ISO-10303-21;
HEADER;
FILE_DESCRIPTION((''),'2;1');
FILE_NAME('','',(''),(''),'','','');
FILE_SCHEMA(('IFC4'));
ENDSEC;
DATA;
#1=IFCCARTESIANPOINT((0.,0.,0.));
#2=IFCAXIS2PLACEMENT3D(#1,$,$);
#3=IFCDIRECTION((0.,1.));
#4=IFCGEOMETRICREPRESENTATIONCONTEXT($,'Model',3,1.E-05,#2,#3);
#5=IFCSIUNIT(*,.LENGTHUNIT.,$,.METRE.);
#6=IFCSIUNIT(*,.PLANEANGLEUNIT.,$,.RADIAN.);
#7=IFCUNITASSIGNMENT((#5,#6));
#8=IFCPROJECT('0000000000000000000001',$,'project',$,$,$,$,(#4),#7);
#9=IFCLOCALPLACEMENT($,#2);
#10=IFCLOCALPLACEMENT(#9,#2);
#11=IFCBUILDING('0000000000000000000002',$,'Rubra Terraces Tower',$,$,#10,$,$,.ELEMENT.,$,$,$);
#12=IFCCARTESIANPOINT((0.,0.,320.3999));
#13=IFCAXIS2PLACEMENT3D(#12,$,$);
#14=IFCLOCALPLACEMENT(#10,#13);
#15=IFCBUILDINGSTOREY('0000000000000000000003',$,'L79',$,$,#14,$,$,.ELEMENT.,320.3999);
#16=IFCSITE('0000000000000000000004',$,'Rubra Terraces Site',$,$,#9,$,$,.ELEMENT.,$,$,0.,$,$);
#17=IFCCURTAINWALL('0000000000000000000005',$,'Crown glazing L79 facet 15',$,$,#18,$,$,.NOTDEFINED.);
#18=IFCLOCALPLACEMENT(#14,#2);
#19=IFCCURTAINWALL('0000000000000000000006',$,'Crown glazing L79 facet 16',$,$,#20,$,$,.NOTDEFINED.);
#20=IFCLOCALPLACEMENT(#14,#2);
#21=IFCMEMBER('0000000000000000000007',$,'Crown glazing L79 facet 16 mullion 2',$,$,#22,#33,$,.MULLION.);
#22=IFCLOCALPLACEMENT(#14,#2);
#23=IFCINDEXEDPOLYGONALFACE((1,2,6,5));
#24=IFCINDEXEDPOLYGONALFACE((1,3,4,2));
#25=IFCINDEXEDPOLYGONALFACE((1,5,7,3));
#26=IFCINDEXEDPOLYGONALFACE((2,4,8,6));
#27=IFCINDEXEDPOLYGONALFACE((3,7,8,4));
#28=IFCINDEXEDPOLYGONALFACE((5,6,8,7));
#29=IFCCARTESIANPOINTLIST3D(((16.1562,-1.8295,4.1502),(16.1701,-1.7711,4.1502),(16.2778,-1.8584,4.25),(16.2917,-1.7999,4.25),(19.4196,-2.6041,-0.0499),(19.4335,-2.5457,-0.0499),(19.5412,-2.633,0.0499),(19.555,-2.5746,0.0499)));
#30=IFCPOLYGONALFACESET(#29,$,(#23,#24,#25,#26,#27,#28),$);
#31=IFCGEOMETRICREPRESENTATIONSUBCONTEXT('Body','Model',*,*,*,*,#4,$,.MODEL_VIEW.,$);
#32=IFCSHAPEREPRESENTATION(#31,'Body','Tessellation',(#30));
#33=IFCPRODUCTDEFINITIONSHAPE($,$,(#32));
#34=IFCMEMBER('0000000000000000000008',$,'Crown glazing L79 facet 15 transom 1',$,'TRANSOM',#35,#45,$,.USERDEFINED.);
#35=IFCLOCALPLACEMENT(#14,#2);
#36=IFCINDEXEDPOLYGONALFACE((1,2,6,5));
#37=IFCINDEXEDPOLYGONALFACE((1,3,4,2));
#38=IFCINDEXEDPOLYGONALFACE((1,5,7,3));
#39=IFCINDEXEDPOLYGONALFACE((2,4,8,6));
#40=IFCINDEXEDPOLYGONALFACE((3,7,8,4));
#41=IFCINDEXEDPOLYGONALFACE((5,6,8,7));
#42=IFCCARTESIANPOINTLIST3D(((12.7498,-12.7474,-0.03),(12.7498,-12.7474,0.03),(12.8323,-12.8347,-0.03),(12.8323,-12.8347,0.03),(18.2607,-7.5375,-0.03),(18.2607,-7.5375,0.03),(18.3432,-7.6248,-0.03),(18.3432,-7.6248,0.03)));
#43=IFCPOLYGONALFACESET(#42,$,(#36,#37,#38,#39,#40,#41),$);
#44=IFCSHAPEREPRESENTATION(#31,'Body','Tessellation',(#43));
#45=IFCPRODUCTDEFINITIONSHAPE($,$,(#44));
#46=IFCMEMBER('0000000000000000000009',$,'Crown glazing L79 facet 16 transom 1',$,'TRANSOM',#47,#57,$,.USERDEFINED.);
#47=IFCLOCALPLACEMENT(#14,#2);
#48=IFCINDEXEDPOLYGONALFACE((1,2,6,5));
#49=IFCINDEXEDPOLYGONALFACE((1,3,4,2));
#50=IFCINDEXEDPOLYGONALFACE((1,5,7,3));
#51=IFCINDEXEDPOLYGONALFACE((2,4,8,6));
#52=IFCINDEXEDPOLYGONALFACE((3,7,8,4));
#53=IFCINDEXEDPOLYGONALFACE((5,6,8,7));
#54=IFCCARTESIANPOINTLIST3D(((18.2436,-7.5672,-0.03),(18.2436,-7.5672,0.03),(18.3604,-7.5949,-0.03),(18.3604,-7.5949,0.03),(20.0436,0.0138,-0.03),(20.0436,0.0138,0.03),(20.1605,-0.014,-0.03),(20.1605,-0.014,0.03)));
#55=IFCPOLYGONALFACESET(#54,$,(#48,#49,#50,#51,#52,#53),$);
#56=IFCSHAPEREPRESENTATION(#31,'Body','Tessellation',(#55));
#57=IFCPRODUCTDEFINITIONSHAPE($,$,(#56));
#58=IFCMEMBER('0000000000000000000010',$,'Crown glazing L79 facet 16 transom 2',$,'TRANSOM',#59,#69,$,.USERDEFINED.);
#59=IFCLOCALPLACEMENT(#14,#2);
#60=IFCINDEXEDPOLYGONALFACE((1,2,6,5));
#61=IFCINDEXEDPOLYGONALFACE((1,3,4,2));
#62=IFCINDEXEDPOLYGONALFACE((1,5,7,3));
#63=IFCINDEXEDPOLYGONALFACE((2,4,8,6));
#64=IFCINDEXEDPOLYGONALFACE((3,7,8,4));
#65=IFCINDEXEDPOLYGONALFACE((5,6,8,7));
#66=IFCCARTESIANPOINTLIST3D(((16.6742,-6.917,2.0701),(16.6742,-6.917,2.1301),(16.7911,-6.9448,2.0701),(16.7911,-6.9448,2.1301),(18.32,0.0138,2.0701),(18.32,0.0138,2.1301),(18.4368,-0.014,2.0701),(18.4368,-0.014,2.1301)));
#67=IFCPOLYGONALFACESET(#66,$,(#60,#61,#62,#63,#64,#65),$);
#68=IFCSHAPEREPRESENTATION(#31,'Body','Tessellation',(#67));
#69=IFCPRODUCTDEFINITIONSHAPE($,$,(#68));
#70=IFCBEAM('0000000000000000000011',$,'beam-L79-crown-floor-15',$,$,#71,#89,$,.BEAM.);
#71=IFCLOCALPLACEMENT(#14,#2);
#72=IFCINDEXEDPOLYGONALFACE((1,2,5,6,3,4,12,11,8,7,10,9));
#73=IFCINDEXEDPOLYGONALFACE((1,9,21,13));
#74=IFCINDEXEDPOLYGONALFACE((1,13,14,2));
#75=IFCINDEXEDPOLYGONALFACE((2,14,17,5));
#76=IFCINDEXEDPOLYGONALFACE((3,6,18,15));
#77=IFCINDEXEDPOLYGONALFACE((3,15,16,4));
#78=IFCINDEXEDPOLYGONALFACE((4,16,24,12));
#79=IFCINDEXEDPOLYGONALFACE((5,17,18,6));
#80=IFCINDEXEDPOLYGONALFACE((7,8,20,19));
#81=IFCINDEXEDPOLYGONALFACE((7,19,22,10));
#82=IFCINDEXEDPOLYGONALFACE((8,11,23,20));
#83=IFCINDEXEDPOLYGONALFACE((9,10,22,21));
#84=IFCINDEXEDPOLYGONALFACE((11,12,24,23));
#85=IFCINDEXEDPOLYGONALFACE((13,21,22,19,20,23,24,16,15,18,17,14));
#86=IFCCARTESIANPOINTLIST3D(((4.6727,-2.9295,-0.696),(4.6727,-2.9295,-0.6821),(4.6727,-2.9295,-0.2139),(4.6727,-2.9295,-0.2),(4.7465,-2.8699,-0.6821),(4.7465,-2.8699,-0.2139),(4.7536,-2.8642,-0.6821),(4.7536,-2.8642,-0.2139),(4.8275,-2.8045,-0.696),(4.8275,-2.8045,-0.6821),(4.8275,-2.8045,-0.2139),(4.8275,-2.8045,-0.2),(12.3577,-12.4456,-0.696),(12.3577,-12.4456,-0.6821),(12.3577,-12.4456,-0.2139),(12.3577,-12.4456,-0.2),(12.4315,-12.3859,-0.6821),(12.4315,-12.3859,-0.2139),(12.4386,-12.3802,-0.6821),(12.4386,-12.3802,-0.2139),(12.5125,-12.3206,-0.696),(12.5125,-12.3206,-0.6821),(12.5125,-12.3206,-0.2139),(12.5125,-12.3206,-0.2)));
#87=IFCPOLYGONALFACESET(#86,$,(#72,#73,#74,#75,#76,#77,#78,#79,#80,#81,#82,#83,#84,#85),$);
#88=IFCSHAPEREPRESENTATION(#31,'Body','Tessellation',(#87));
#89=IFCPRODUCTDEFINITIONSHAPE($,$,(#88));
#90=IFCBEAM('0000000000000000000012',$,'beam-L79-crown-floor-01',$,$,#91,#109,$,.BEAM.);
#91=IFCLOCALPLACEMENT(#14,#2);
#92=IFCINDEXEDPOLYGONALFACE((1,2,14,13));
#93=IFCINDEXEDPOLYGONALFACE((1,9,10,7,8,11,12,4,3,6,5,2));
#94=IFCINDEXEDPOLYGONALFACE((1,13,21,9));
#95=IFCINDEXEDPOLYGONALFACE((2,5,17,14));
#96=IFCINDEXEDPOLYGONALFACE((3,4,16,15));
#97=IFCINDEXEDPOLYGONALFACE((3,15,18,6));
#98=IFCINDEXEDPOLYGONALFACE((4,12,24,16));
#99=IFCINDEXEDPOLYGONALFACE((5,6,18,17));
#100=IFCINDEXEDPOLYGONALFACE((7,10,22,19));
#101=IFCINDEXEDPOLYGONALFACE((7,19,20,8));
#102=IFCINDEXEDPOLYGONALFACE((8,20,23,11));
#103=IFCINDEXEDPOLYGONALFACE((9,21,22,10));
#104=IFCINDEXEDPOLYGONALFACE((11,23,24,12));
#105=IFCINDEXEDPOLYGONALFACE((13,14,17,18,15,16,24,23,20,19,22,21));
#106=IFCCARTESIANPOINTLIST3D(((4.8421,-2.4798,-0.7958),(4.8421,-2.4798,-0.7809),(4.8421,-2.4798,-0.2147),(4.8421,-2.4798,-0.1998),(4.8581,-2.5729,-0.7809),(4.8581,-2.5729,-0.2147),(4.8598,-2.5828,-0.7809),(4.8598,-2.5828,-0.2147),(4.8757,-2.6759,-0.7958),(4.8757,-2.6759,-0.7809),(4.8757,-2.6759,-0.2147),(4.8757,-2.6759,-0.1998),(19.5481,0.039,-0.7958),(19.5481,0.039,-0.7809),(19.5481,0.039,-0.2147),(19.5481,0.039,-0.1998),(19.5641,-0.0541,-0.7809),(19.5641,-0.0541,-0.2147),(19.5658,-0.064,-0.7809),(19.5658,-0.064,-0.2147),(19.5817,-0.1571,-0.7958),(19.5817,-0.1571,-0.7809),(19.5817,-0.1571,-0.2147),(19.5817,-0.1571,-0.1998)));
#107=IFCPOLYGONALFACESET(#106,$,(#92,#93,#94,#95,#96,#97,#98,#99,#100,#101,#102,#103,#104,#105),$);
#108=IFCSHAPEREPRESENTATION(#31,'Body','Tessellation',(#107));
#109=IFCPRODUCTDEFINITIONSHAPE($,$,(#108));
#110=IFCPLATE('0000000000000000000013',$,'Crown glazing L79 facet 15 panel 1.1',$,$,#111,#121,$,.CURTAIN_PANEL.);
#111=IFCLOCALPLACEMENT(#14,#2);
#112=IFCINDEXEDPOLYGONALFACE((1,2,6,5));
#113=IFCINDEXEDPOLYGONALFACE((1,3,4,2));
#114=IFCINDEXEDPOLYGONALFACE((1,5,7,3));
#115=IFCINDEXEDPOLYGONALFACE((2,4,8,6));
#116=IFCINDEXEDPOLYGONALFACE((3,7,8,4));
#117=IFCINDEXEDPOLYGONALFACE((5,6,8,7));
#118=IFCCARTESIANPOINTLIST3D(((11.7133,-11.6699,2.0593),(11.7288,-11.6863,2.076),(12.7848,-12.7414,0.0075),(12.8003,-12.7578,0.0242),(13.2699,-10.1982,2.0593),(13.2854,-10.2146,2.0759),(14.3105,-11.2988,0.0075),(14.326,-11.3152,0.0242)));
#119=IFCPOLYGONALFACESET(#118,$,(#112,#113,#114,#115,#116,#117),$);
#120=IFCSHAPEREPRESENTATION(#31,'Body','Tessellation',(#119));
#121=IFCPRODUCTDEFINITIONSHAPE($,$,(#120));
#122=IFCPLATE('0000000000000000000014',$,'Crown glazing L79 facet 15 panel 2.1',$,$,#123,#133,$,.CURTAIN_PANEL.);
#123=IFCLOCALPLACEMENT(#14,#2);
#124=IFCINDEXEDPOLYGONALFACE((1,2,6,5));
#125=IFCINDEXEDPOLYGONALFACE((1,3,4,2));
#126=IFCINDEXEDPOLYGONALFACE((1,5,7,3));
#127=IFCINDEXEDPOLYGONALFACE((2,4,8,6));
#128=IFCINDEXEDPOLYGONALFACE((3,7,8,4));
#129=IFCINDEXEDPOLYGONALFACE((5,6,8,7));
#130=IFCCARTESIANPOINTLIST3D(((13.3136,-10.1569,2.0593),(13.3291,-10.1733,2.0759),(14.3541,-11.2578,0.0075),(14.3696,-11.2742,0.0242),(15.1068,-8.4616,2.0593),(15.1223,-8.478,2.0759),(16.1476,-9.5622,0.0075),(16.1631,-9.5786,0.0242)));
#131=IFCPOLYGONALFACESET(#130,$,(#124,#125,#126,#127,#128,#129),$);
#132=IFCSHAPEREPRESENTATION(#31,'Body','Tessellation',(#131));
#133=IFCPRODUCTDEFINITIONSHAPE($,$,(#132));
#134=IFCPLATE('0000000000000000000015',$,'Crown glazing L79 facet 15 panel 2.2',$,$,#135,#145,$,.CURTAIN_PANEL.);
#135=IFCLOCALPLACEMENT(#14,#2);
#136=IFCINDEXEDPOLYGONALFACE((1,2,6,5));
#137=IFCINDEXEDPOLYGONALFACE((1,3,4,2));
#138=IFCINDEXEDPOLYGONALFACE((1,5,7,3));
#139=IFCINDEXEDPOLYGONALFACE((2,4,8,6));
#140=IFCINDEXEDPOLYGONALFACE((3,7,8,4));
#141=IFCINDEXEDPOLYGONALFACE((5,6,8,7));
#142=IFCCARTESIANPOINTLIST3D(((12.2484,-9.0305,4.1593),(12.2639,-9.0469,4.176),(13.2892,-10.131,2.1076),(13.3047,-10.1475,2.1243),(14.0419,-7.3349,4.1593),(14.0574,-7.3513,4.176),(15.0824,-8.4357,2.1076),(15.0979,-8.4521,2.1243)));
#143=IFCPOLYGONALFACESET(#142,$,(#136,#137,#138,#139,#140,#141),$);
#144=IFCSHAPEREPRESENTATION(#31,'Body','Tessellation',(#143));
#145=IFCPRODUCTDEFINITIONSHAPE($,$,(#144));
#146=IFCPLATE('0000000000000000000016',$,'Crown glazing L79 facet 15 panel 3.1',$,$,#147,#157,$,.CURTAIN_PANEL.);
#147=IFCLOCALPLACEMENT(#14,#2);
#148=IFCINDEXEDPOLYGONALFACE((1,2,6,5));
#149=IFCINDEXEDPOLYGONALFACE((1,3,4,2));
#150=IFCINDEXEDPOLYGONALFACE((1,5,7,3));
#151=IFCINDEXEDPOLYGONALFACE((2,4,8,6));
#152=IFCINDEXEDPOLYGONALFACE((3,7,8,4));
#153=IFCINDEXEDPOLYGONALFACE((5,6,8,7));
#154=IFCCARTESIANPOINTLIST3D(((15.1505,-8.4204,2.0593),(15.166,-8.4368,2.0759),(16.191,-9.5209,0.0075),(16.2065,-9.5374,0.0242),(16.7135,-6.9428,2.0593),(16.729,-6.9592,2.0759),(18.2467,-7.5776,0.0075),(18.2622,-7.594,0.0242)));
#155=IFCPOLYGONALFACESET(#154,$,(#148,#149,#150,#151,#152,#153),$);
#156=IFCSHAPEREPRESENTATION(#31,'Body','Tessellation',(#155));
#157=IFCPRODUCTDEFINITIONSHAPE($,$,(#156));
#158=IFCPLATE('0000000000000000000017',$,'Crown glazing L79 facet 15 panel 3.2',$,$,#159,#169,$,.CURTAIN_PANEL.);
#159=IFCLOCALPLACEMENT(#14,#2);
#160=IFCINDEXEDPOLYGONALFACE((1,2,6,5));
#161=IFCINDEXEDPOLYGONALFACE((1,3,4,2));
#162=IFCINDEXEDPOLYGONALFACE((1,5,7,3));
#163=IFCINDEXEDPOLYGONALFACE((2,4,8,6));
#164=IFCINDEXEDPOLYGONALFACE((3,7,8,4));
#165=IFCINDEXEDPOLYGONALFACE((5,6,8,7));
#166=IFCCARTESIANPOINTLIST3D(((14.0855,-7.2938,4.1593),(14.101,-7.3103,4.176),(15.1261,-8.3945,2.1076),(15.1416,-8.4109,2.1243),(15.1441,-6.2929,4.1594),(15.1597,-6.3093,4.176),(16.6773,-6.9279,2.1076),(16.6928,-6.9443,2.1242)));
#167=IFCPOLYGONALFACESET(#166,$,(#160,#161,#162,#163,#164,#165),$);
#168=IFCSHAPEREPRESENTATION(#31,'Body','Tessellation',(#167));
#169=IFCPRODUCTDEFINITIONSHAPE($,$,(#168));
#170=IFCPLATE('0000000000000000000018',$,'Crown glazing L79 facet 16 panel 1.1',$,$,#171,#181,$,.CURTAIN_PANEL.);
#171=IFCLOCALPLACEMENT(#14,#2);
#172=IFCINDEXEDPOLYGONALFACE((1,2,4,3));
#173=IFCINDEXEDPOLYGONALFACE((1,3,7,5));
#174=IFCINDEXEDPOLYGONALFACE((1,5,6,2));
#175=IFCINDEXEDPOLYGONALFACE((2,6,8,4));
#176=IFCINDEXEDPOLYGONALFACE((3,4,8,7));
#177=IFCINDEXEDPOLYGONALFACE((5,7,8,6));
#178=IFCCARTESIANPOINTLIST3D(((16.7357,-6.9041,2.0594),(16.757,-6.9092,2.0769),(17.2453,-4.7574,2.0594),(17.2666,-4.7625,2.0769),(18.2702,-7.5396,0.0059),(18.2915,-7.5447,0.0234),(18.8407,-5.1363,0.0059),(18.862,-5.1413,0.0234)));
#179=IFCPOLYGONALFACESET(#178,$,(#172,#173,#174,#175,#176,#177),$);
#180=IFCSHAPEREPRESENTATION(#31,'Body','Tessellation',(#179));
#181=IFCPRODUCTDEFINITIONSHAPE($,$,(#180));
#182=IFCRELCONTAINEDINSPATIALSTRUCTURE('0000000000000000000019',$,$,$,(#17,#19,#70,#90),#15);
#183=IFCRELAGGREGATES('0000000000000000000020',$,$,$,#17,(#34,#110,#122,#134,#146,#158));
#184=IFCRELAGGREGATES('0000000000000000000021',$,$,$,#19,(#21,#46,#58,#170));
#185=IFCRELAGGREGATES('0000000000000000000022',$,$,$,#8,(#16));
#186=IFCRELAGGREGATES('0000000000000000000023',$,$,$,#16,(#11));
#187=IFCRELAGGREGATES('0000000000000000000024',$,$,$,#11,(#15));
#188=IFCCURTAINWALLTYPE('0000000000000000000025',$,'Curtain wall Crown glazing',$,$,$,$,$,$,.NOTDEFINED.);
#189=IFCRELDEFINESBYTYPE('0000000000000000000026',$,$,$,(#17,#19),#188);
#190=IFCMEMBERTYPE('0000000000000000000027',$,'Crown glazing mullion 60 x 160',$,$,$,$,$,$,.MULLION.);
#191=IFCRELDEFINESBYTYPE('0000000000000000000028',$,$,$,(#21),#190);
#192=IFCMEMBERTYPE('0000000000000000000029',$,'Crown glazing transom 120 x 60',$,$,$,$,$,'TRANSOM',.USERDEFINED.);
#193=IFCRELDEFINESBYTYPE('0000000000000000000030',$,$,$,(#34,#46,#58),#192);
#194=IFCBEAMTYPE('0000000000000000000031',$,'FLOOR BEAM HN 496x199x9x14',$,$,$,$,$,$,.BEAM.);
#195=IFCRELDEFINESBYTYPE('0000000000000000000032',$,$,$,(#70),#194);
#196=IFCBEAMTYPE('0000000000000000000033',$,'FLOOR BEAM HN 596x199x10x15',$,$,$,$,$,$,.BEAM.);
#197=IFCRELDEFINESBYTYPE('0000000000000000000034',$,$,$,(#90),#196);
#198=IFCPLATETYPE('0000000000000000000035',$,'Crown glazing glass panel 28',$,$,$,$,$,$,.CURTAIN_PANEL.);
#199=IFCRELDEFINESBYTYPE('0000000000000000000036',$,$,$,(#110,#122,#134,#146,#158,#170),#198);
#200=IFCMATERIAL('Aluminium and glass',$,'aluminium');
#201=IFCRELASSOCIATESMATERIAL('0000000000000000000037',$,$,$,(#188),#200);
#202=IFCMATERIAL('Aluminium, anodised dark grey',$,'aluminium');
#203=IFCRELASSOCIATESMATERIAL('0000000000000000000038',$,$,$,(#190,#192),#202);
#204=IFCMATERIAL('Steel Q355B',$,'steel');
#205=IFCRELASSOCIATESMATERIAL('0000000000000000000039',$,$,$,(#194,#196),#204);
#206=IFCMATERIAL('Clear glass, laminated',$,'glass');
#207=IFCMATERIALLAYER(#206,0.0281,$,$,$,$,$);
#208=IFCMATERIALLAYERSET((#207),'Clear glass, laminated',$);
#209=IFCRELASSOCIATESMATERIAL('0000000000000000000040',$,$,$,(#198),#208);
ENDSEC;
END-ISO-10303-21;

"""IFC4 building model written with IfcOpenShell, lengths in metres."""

from ifc_helpers import new_model, si_unit, direction, frame, origin, origin_2d, place, context, subcontext, project, spatial, polyline, rectangle, i_section, outline, extrude, material, layer, layer_set, material_profile, profile_set, type_object, element, aggregate, save


model = new_model("IFC4")

# Units and contexts
model_context = context("Model", 3, precision=1e-05, world=origin(), true_north=direction((0.0, 1.0)))
body_context = subcontext(model_context, "Body", "Model", "MODEL_VIEW")
ifc_project = project(units=[si_unit("LENGTHUNIT", "METRE"), si_unit("PLANEANGLEUNIT", "RADIAN")], contexts=[model_context])

# Site, building, storey
site_placement = place(None, origin())
site = spatial("IfcSite", under=ifc_project, at=site_placement, Name="Rubra Terraces Site", CompositionType="ELEMENT", RefElevation=0.0)
building_placement = place(site_placement, origin())
building = spatial("IfcBuilding", under=site, at=building_placement, Name="Rubra Terraces Tower", CompositionType="ELEMENT")
storey_placement = place(building_placement, frame((0.0, 0.0, 320.3999)))
storey = spatial("IfcBuildingStorey", under=building, at=storey_placement, Name="L79", CompositionType="ELEMENT", Elevation=320.3999)

# Shared definitions
ifc_material_1 = material(Name="Steel Q355B", Category="steel")

# Curtain walls, member
ifc_material_2 = material(Name="Aluminium and glass", Category="aluminium")
curtain_wall_type = type_object("IfcCurtainWallType", Name="Curtain wall Crown glazing", PredefinedType="NOTDEFINED", material=ifc_material_2)
curtain_wall_1_placement = place(storey_placement, origin())
curtain_wall_1 = element("IfcCurtainWall", 1, at=curtain_wall_1_placement, inside=storey, type_object=curtain_wall_type, Name="Crown glazing L79 facet 15", PredefinedType="NOTDEFINED")
ifc_material_3 = material(Name="Aluminium, anodised dark grey", Category="aluminium")
ifc_material_profile_1 = material_profile(ifc_material_3, rectangle(XDim=0.0601, YDim=0.1599, at=origin_2d()), Name="AL 60x160")
ifc_profile_set_1 = profile_set([ifc_material_profile_1], Name="Aluminium, anodised dark grey")
member_type_1 = type_object("IfcMemberType", Name="Crown glazing mullion 60 x 160", PredefinedType="MULLION", material=ifc_profile_set_1)
curtain_wall_2_placement = place(storey_placement, origin())
curtain_wall_2 = element("IfcCurtainWall", 2, at=curtain_wall_2_placement, inside=storey, type_object=curtain_wall_type, Name="Crown glazing L79 facet 16", PredefinedType="NOTDEFINED")
member_1_placement = place(storey_placement, frame((19.4873, -2.5894, 0.0), z_axis=(-0.607138, 0.14412, 0.781417), x_axis=(-0.230958, -0.972964, 0.0)))
member_1 = element("IfcMember", 3, at=member_1_placement, type_object=member_type_1, Name="Crown glazing L79 facet 16 mullion 2", PredefinedType="MULLION", context=body_context, shape_type="SweptSolid", body=[
    extrude(rectangle(XDim=0.0601, YDim=0.1599, at=origin_2d()), origin(), (0.0, 0.0, 1.0), 5.375),
])

# Members
ifc_material_profile_2 = material_profile(ifc_material_3, rectangle(XDim=0.1201, YDim=0.0601, at=origin_2d()), Name="AL 120x60")
ifc_profile_set_2 = profile_set([ifc_material_profile_2], Name="Aluminium, anodised dark grey")
member_type_2 = type_object("IfcMemberType", Name="Crown glazing transom 120 x 60", ElementType="TRANSOM", PredefinedType="USERDEFINED", material=ifc_profile_set_2)
member_2_placement = place(storey_placement, frame((12.791, -12.791, 0.0), z_axis=(0.726675, 0.686982, 0.0), x_axis=(-0.686982, 0.726675, 0.0)))
member_2 = element("IfcMember", 4, at=member_2_placement, type_object=member_type_2, Name="Crown glazing L79 facet 15 transom 1", ObjectType="TRANSOM", PredefinedType="USERDEFINED", context=body_context, shape_type="SweptSolid", body=[
    extrude(rectangle(XDim=0.1201, YDim=0.0601, at=origin_2d()), origin(), (0.0, 0.0, 1.0), 7.5837),
])
member_3_placement = place(storey_placement, frame((18.302, -7.5811, 0.0), z_axis=(0.231018, 0.97295, 0.0), x_axis=(-0.97295, 0.231018, 0.0)))
member_3 = element("IfcMember", 5, at=member_3_placement, type_object=member_type_2, Name="Crown glazing L79 facet 16 transom 1", ObjectType="TRANSOM", PredefinedType="USERDEFINED", context=body_context, shape_type="SweptSolid", body=[
    extrude(rectangle(XDim=0.1201, YDim=0.0601, at=origin_2d()), origin(), (0.0, 0.0, 1.0), 7.7917),
])
member_4_placement = place(storey_placement, frame((16.7327, -6.9309, 2.1001), z_axis=(0.231027, 0.972947, 0.0), x_axis=(-0.972947, 0.231027, 0.0)))
member_4 = element("IfcMember", 6, at=member_4_placement, type_object=member_type_2, Name="Crown glazing L79 facet 16 transom 2", ObjectType="TRANSOM", PredefinedType="USERDEFINED", context=body_context, shape_type="SweptSolid", body=[
    extrude(rectangle(XDim=0.1201, YDim=0.0601, at=origin_2d()), origin(), (0.0, 0.0, 1.0), 7.1235),
])

# Beams
ifc_material_profile_3 = material_profile(ifc_material_1, i_section(OverallWidth=0.199, OverallDepth=0.4961, WebThickness=0.009, FlangeThickness=0.0139, at=origin_2d()), Name="HN 496x199x9x14")
ifc_profile_set_3 = profile_set([ifc_material_profile_3], Name="Steel Q355B")
beam_type_1 = type_object("IfcBeamType", Name="FLOOR BEAM HN 496x199x9x14", PredefinedType="BEAM", material=ifc_profile_set_3)
beam_1_placement = place(storey_placement, frame((12.4351, -12.3831, -0.448), z_axis=(-0.628286, 0.777982, 0.0), x_axis=(-0.777982, -0.628286, 0.0)))
element("IfcBeam", 7, at=beam_1_placement, inside=storey, type_object=beam_type_1, Name="beam-L79-crown-floor-15", PredefinedType="BEAM", context=body_context, shape_type="SweptSolid", body=[
    extrude(i_section(OverallWidth=0.199, OverallDepth=0.4961, WebThickness=0.009, FlangeThickness=0.0139, at=origin_2d()), origin(), (0.0, 0.0, 1.0), 12.2317),
])
ifc_material_profile_4 = material_profile(ifc_material_1, i_section(OverallWidth=0.199, OverallDepth=0.5959, WebThickness=0.01, FlangeThickness=0.0149, at=origin_2d()), Name="HN 596x199x10x15")
ifc_profile_set_4 = profile_set([ifc_material_profile_4], Name="Steel Q355B")
beam_type_2 = type_object("IfcBeamType", Name="FLOOR BEAM HN 596x199x10x15", PredefinedType="BEAM", material=ifc_profile_set_4)
beam_2_placement = place(storey_placement, frame((19.5649, -0.0591, -0.4978), z_axis=(-0.985647, -0.168818, 0.0), x_axis=(0.168818, -0.985647, 0.0)))
element("IfcBeam", 8, at=beam_2_placement, inside=storey, type_object=beam_type_2, Name="beam-L79-crown-floor-01", PredefinedType="BEAM", context=body_context, shape_type="SweptSolid", body=[
    extrude(i_section(OverallWidth=0.199, OverallDepth=0.5959, WebThickness=0.01, FlangeThickness=0.0149, at=origin_2d()), origin(), (0.0, 0.0, 1.0), 14.9202),
])

# Plates
ifc_material_4 = material(Name="Clear glass, laminated", Category="glass")
ifc_layer = layer(ifc_material_4, 0.0281)
ifc_layer_set = layer_set([ifc_layer], Name="Clear glass, laminated")
plate_type = type_object("IfcPlateType", Name="Crown glazing glass panel 28", PredefinedType="CURTAIN_PANEL", material=ifc_layer_set)
plate_1_placement = place(storey_placement, frame((12.8003, -12.7578, 0.0242), z_axis=(0.552729, -0.584586, 0.593927), x_axis=(0.726617, 0.687042, 0.000022)))
plate_1 = element("IfcPlate", 9, at=plate_1_placement, type_object=plate_type, Name="Crown glazing L79 facet 15 panel 1.1", PredefinedType="CURTAIN_PANEL", context=body_context, shape_type="SweptSolid", body=[
    extrude(outline(polyline([(0.0, 0.0), (2.0997, 0.0), (2.0998, 2.5502), (-0.0424, 2.5503), (0.0, 0.0)])), origin(), (0.0, 0.0, -1.0), 0.0281),
])
plate_2_placement = place(storey_placement, frame((14.3696, -11.2742, 0.0242), z_axis=(0.55269, -0.584604, 0.593946), x_axis=(0.726663, 0.686994, 0.000001)))
plate_2 = element("IfcPlate", 10, at=plate_2_placement, type_object=plate_type, Name="Crown glazing L79 facet 15 panel 2.1", PredefinedType="CURTAIN_PANEL", context=body_context, shape_type="SweptSolid", body=[
    extrude(outline(polyline([(0.0, 0.0), (2.4681, 0.0), (2.4679, 2.5503), (0.0002, 2.5503), (0.0, 0.0)])), origin(), (0.0, 0.0, -1.0), 0.0281),
])
plate_3_placement = place(storey_placement, frame((13.3047, -10.1475, 2.1243), z_axis=(0.55269, -0.584604, 0.593946), x_axis=(0.726664, 0.686993, -0.000001)))
plate_3 = element("IfcPlate", 11, at=plate_3_placement, type_object=plate_type, Name="Crown glazing L79 facet 15 panel 2.2", PredefinedType="CURTAIN_PANEL", context=body_context, shape_type="SweptSolid", body=[
    extrude(outline(polyline([(0.0, 0.0), (2.4677, 0.0), (2.4679, 2.5503), (-0.0002, 2.5503), (0.0, 0.0)])), origin(), (0.0, 0.0, -1.0), 0.0281),
])
plate_4_placement = place(storey_placement, frame((16.2065, -9.5374, 0.0242), z_axis=(0.552697, -0.584647, 0.593896), x_axis=(0.726682, 0.686974, 0.000004)))
plate_4 = element("IfcPlate", 12, at=plate_4_placement, type_object=plate_type, Name="Crown glazing L79 facet 15 panel 3.1", PredefinedType="CURTAIN_PANEL", context=body_context, shape_type="SweptSolid", body=[
    extrude(outline(polyline([(0.0, 0.0), (2.8289, 0.0), (2.1508, 2.5502), (0.0, 2.5502), (0.0, 0.0)])), origin(), (0.0, 0.0, -1.0), 0.0281),
])
plate_5_placement = place(storey_placement, frame((15.1416, -8.4109, 2.1243), z_axis=(0.552718, -0.5846, 0.593924), x_axis=(0.726653, 0.687005, -0.000019)))
plate_5 = element("IfcPlate", 13, at=plate_5_placement, type_object=plate_type, Name="Crown glazing L79 facet 15 panel 3.2", PredefinedType="CURTAIN_PANEL", context=body_context, shape_type="SweptSolid", body=[
    extrude(outline(polyline([(0.0, 0.0), (2.1348, 0.0), (1.4569, 2.5503), (0.0, 2.5502), (0.0, 0.0)])), origin(), (0.0, 0.0, -1.0), 0.0281),
])
aggregate(curtain_wall_1, [member_2, plate_1, plate_2, plate_3, plate_4, plate_5])
plate_6_placement = place(storey_placement, frame((18.2915, -7.5447, 0.0234), z_axis=(0.760298, -0.180478, 0.623999), x_axis=(0.230969, 0.972961, -0.000012)))
plate_6 = element("IfcPlate", 14, at=plate_6_placement, type_object=plate_type, Name="Crown glazing L79 facet 16 panel 1.1", PredefinedType="CURTAIN_PANEL", context=body_context, shape_type="SweptSolid", body=[
    extrude(outline(polyline([(0.0, 0.0), (2.4701, 0.0), (2.4703, 2.6279), (0.2639, 2.6278), (0.0, 0.0)])), origin(), (0.0, 0.0, -1.0), 0.0281),
])
aggregate(curtain_wall_2, [member_1, member_3, member_4, plate_6])

save(model, "model.ifc")
